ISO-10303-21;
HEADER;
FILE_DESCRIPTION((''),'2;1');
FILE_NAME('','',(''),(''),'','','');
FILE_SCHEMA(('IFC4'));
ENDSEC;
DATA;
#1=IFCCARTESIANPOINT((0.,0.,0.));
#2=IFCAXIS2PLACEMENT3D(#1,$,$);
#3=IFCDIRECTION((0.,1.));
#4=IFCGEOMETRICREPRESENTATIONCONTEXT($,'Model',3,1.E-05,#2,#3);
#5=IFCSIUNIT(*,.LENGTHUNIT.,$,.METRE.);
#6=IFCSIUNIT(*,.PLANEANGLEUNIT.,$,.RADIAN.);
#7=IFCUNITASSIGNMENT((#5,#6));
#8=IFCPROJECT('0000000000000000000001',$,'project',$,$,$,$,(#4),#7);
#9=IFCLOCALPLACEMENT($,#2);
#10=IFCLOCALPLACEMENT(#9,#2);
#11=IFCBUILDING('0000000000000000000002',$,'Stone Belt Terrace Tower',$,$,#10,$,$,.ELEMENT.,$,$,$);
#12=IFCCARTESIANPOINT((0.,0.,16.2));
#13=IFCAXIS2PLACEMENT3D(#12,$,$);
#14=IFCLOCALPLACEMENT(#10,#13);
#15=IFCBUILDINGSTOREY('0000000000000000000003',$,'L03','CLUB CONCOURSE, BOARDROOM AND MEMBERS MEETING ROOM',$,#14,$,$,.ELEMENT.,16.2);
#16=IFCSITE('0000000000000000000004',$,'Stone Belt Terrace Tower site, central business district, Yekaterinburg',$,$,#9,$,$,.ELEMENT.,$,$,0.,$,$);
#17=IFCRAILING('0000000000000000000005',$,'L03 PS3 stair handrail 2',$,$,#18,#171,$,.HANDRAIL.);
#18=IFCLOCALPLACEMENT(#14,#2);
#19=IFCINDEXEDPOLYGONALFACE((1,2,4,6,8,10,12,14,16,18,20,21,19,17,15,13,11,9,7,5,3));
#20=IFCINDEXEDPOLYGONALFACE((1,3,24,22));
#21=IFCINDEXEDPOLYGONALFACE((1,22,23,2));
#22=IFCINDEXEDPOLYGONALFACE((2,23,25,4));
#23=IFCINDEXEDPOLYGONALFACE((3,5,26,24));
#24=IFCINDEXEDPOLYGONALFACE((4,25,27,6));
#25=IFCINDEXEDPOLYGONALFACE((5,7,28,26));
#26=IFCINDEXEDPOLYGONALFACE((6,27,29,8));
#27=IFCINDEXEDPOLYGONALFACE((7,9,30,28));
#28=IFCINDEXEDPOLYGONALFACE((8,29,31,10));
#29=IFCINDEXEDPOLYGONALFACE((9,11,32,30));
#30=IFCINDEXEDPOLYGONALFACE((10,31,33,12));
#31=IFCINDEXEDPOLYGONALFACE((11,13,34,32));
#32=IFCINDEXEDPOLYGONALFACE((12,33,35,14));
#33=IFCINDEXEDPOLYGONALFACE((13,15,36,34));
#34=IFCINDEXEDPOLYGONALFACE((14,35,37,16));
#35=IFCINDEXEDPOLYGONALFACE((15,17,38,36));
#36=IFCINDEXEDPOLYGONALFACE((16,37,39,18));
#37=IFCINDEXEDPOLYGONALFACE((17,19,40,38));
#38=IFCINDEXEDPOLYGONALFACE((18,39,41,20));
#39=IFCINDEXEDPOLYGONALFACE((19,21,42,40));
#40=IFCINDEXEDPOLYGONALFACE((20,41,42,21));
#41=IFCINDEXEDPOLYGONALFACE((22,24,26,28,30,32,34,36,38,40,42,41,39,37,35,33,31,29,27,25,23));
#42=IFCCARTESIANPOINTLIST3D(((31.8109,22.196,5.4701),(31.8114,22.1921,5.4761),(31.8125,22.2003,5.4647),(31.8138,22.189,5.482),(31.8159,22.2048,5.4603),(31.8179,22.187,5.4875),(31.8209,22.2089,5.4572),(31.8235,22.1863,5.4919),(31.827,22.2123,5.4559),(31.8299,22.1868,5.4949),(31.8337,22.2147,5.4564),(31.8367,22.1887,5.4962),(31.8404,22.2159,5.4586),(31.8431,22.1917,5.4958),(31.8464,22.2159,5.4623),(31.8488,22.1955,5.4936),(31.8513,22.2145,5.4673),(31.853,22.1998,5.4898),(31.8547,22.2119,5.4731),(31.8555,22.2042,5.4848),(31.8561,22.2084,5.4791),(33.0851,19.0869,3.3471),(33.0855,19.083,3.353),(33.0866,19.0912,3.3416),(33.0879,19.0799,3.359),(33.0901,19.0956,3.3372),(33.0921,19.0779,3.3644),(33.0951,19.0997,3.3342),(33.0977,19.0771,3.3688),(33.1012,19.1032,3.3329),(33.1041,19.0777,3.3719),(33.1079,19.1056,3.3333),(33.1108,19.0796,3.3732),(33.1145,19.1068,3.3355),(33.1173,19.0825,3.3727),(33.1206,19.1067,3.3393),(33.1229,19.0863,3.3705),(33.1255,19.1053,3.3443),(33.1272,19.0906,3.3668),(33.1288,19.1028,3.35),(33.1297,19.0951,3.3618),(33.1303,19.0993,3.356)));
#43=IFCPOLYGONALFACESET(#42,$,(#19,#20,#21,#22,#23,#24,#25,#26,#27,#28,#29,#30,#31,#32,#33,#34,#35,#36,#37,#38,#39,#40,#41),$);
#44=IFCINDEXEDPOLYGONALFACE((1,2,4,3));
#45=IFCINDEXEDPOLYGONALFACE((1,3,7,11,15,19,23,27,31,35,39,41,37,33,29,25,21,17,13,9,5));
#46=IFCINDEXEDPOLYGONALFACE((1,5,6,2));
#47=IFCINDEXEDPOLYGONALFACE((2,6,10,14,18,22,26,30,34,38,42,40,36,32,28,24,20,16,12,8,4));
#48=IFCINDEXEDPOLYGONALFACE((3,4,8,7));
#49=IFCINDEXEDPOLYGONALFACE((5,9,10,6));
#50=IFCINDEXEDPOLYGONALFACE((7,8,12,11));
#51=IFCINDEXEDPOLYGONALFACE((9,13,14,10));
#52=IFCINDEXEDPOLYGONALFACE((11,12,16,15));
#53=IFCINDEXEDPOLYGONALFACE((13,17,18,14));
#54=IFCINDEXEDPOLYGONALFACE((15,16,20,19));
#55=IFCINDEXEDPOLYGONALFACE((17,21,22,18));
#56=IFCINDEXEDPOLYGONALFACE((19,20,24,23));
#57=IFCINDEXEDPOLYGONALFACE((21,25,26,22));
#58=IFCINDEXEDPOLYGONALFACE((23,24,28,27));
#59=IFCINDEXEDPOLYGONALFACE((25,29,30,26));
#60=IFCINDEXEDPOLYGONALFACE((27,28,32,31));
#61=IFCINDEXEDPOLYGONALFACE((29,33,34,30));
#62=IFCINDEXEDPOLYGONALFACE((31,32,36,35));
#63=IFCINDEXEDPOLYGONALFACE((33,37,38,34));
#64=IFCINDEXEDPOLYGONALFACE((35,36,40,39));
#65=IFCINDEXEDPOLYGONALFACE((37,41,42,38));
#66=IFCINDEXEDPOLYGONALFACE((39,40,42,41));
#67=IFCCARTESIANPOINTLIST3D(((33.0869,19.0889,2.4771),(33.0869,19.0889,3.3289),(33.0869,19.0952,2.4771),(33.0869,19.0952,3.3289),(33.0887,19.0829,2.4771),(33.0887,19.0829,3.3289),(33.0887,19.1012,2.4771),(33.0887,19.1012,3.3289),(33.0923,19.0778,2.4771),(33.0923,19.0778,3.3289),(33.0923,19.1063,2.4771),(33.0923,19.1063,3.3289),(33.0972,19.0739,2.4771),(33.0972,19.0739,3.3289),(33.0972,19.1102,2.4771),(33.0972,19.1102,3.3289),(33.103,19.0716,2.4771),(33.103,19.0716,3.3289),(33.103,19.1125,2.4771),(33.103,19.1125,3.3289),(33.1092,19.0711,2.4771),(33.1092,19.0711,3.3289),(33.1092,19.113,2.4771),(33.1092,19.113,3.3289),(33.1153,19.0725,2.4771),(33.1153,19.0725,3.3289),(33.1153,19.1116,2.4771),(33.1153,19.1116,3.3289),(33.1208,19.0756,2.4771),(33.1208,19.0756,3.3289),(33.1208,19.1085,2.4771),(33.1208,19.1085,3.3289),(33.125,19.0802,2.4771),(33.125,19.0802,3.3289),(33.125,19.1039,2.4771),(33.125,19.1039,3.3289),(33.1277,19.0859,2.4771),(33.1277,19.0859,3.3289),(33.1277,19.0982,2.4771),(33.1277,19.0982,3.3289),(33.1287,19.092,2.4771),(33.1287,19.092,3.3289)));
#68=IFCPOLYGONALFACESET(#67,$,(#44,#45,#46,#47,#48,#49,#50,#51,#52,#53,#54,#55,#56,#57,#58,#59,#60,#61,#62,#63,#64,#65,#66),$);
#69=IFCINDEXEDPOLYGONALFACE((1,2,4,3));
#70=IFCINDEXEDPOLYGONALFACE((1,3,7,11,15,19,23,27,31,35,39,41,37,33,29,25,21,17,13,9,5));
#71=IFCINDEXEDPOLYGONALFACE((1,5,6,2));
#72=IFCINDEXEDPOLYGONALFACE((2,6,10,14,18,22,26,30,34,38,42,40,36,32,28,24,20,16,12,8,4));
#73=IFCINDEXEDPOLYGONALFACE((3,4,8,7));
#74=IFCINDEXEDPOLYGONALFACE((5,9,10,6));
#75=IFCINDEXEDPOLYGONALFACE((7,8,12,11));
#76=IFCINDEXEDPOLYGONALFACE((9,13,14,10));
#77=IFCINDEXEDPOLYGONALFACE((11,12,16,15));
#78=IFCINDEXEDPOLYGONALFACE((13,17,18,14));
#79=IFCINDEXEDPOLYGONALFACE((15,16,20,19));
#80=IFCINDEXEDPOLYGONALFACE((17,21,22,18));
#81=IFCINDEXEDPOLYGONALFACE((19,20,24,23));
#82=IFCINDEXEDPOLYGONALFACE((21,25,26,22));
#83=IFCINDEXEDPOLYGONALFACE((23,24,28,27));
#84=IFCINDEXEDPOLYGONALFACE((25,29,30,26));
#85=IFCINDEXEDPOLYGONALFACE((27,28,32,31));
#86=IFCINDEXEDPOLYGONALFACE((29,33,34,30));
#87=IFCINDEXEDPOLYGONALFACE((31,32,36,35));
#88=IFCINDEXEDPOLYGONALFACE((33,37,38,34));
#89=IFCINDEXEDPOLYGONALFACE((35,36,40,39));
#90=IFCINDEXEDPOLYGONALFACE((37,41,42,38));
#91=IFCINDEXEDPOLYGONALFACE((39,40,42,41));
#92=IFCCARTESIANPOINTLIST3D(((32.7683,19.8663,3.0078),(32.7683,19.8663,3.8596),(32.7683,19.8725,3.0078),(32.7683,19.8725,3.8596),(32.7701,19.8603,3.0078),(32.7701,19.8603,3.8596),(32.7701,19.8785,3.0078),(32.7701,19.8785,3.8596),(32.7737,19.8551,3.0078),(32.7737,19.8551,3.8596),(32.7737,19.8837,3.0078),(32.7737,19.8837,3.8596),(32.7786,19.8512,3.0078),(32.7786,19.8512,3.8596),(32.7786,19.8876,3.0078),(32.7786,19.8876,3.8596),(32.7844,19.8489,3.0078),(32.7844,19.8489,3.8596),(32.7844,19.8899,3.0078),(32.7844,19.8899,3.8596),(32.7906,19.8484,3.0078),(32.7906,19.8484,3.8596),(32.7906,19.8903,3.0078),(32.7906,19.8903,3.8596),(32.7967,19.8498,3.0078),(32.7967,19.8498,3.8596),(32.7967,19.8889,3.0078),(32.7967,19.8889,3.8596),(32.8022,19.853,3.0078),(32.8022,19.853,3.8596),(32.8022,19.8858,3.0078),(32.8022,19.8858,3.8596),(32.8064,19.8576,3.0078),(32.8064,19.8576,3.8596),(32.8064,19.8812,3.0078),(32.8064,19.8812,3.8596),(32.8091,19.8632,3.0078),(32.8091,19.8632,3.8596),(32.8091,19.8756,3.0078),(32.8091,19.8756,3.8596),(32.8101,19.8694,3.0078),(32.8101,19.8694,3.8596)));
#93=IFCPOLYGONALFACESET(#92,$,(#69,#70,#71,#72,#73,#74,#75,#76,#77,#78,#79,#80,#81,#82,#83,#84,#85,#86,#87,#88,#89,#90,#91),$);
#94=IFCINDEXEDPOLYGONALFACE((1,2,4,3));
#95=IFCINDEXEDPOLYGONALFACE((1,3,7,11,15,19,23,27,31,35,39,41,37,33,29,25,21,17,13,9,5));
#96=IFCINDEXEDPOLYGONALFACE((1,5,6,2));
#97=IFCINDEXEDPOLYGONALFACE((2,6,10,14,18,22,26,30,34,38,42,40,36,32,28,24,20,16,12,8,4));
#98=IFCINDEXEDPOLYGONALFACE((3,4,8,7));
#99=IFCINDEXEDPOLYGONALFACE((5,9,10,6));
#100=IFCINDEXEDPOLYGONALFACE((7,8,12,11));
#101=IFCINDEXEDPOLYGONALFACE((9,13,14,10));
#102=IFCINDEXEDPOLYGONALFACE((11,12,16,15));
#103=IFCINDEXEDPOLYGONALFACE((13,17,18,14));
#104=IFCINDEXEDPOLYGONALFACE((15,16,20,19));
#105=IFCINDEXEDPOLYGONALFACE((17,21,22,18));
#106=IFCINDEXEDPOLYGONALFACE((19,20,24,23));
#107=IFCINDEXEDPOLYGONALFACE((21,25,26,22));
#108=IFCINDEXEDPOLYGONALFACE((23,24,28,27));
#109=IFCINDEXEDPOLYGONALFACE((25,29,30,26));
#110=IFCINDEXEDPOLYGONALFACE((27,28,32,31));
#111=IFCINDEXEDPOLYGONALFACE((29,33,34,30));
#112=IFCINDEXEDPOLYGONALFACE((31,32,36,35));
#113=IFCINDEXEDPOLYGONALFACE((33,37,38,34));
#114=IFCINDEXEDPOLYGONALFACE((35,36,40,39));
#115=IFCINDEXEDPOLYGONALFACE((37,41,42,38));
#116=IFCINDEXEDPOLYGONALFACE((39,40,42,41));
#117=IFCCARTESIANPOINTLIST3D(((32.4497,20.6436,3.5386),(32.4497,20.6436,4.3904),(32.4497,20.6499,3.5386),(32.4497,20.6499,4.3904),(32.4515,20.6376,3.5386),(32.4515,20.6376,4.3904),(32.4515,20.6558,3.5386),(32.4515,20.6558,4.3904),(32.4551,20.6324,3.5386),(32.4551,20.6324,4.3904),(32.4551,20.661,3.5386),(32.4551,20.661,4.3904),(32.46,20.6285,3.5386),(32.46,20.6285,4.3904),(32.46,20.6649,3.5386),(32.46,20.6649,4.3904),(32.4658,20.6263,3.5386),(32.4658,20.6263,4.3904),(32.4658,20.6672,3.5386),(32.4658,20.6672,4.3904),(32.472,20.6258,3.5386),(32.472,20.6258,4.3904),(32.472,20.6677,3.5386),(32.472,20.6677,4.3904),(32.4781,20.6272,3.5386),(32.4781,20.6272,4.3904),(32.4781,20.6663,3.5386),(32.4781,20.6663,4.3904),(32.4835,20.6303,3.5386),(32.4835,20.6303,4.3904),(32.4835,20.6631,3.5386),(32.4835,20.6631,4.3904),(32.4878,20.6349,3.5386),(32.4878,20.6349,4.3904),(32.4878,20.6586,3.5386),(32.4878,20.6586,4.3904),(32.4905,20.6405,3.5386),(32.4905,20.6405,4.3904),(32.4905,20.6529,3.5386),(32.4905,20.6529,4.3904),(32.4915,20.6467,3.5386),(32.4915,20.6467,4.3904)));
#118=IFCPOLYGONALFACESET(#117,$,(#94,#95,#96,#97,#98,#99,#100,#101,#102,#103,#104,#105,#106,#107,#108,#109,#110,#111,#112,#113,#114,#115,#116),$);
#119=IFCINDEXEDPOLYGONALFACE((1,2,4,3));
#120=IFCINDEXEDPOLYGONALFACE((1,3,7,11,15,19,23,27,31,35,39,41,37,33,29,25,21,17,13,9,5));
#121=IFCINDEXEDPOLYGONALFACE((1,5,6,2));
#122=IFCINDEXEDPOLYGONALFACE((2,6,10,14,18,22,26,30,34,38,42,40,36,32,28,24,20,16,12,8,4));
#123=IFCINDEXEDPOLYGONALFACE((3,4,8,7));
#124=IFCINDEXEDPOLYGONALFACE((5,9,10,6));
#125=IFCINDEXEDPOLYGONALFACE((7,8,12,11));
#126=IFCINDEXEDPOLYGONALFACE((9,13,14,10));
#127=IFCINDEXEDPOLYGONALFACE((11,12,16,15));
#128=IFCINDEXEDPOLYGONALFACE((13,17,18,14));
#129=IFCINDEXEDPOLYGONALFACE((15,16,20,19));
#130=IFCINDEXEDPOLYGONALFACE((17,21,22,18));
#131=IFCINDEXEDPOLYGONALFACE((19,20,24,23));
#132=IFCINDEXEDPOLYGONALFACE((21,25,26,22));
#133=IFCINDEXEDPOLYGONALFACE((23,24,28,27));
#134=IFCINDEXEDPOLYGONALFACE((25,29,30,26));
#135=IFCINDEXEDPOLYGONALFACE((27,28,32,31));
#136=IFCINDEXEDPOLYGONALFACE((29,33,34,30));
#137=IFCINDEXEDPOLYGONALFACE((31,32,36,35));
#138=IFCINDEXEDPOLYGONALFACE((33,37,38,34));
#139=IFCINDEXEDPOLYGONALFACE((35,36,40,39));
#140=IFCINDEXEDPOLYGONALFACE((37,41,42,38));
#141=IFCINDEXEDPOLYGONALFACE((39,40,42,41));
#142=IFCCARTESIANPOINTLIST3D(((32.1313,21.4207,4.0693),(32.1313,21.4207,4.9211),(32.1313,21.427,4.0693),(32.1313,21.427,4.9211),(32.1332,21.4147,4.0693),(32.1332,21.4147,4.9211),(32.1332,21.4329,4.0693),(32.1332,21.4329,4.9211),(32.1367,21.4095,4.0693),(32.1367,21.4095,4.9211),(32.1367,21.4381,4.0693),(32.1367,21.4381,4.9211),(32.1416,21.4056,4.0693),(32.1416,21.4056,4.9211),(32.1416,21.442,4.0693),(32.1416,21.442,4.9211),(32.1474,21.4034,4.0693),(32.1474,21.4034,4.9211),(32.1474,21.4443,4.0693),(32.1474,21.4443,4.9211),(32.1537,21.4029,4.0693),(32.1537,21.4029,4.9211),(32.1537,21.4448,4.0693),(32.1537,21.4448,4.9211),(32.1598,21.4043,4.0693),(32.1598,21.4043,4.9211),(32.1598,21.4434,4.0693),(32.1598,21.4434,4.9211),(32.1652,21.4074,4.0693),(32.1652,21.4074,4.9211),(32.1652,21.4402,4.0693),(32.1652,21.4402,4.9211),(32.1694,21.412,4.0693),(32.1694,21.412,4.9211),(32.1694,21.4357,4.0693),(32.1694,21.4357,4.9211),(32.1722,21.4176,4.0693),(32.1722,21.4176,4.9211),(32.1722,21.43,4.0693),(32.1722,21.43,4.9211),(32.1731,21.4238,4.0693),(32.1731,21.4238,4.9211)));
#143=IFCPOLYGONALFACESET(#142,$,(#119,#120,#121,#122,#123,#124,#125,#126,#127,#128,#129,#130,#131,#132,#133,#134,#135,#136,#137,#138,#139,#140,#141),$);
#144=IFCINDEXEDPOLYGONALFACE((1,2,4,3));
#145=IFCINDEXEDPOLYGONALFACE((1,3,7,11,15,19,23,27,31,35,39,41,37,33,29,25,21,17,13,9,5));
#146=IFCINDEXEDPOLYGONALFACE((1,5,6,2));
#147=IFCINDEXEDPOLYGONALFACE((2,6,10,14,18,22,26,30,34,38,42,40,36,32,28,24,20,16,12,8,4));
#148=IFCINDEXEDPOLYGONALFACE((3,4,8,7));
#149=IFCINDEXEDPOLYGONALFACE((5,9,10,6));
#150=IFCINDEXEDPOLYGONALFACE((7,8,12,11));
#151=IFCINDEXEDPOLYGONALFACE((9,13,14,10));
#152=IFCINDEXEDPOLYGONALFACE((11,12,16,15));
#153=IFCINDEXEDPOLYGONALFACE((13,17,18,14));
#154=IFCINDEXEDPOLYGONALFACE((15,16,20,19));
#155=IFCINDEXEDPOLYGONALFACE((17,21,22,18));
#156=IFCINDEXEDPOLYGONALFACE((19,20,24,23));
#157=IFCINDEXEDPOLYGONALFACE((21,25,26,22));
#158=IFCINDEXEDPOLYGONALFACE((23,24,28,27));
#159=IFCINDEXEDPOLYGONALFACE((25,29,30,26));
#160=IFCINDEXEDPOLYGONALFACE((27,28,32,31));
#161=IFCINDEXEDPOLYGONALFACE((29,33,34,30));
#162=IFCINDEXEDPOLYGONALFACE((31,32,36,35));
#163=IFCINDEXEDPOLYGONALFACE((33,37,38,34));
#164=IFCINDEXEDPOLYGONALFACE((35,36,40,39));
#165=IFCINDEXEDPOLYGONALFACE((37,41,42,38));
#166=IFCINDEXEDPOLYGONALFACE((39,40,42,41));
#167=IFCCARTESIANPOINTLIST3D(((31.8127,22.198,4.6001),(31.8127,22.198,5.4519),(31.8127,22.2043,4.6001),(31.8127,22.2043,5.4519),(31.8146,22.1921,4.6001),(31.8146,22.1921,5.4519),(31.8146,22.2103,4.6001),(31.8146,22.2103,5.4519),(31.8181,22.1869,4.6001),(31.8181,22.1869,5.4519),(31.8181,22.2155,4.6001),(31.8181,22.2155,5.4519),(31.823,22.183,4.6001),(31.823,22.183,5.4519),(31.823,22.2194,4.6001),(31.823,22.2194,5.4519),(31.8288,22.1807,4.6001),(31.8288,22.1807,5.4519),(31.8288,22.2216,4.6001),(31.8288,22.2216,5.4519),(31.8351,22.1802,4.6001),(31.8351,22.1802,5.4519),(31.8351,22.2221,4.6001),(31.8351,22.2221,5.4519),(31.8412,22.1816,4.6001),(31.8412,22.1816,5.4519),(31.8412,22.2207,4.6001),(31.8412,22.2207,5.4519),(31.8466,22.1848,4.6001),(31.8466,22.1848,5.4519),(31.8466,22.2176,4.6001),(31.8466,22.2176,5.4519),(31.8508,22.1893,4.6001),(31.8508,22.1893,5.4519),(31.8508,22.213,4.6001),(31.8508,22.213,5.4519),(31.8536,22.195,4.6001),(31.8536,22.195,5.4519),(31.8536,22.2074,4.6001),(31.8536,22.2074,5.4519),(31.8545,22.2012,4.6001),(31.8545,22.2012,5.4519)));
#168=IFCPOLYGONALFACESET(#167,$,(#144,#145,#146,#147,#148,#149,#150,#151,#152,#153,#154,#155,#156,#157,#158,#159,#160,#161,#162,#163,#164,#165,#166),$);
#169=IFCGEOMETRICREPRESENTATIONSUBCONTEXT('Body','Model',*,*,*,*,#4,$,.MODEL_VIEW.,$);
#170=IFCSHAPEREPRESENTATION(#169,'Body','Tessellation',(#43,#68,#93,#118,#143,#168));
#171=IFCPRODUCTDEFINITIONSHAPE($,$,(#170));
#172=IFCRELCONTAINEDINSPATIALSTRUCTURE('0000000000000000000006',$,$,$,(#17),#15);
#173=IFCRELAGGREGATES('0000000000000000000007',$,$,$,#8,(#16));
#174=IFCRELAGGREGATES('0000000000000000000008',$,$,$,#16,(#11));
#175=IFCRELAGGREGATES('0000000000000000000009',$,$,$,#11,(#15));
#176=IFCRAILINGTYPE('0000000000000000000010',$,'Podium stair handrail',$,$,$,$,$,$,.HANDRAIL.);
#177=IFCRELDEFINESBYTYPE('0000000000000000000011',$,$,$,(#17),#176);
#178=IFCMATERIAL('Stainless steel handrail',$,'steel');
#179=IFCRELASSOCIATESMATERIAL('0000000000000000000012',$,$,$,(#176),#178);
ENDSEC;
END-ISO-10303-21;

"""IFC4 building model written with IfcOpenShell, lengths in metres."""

from ifc_helpers import new_model, si_unit, direction, frame, origin, origin_2d, place, context, subcontext, project, spatial, circle, extrude, material, type_object, element, save


model = new_model("IFC4")

# Units and contexts
model_context = context("Model", 3, precision=1e-05, world=origin(), true_north=direction((0.0, 1.0)))
body_context = subcontext(model_context, "Body", "Model", "MODEL_VIEW")
ifc_project = project(units=[si_unit("LENGTHUNIT", "METRE"), si_unit("PLANEANGLEUNIT", "RADIAN")], contexts=[model_context])

# Site, building, storey
site_placement = place(None, origin())
site = spatial("IfcSite", under=ifc_project, at=site_placement, Name="Stone Belt Terrace Tower site, central business district, Yekaterinburg", CompositionType="ELEMENT", RefElevation=0.0)
building_placement = place(site_placement, origin())
building = spatial("IfcBuilding", under=site, at=building_placement, Name="Stone Belt Terrace Tower", CompositionType="ELEMENT")
storey_placement = place(building_placement, frame((0.0, 0.0, 16.2)))
storey = spatial("IfcBuildingStorey", under=building, at=storey_placement, Name="L03", Description="CLUB CONCOURSE, BOARDROOM AND MEMBERS MEETING ROOM", CompositionType="ELEMENT", Elevation=16.2)

# Railing
ifc_material_1 = material(Name="Stainless steel handrail", Category="steel")
railing_type_1 = type_object("IfcRailingType", Name="Podium stair handrail", PredefinedType="HANDRAIL", material=ifc_material_1)
railing_1_placement = place(storey_placement, frame((33.1077, 19.092, 2.4771)))
element("IfcRailing", 1, at=railing_1_placement, inside=storey, type_object=railing_type_1, Name="L03 PS3 stair handrail 2", PredefinedType="HANDRAIL", context=body_context, shape_type="SweptSolid", body=[
    extrude(circle(Radius=0.0239, at=origin_2d()), frame((0.0, 0.0, 0.876), z_axis=(-0.320577, 0.782248, 0.534152), x_axis=(-0.925312, -0.379207, 0.0)), (0.0, 0.0, 1.0), 3.9746),
    extrude(circle(Radius=0.021, at=origin_2d()), origin(), (0.0, 0.0, 1.0), 0.8518),
    extrude(circle(Radius=0.021, at=origin_2d()), frame((-0.3186, 0.7773, 0.5308)), (0.0, 0.0, 1.0), 0.8518),
    extrude(circle(Radius=0.021, at=origin_2d()), frame((-0.6372, 1.5547, 1.0615)), (0.0, 0.0, 1.0), 0.8518),
    extrude(circle(Radius=0.021, at=origin_2d()), frame((-0.9556, 2.3318, 1.5923)), (0.0, 0.0, 1.0), 0.8518),
    extrude(circle(Radius=0.021, at=origin_2d()), frame((-1.2742, 3.1091, 2.123)), (0.0, 0.0, 1.0), 0.8518),
])

save(model, "model.ifc")
